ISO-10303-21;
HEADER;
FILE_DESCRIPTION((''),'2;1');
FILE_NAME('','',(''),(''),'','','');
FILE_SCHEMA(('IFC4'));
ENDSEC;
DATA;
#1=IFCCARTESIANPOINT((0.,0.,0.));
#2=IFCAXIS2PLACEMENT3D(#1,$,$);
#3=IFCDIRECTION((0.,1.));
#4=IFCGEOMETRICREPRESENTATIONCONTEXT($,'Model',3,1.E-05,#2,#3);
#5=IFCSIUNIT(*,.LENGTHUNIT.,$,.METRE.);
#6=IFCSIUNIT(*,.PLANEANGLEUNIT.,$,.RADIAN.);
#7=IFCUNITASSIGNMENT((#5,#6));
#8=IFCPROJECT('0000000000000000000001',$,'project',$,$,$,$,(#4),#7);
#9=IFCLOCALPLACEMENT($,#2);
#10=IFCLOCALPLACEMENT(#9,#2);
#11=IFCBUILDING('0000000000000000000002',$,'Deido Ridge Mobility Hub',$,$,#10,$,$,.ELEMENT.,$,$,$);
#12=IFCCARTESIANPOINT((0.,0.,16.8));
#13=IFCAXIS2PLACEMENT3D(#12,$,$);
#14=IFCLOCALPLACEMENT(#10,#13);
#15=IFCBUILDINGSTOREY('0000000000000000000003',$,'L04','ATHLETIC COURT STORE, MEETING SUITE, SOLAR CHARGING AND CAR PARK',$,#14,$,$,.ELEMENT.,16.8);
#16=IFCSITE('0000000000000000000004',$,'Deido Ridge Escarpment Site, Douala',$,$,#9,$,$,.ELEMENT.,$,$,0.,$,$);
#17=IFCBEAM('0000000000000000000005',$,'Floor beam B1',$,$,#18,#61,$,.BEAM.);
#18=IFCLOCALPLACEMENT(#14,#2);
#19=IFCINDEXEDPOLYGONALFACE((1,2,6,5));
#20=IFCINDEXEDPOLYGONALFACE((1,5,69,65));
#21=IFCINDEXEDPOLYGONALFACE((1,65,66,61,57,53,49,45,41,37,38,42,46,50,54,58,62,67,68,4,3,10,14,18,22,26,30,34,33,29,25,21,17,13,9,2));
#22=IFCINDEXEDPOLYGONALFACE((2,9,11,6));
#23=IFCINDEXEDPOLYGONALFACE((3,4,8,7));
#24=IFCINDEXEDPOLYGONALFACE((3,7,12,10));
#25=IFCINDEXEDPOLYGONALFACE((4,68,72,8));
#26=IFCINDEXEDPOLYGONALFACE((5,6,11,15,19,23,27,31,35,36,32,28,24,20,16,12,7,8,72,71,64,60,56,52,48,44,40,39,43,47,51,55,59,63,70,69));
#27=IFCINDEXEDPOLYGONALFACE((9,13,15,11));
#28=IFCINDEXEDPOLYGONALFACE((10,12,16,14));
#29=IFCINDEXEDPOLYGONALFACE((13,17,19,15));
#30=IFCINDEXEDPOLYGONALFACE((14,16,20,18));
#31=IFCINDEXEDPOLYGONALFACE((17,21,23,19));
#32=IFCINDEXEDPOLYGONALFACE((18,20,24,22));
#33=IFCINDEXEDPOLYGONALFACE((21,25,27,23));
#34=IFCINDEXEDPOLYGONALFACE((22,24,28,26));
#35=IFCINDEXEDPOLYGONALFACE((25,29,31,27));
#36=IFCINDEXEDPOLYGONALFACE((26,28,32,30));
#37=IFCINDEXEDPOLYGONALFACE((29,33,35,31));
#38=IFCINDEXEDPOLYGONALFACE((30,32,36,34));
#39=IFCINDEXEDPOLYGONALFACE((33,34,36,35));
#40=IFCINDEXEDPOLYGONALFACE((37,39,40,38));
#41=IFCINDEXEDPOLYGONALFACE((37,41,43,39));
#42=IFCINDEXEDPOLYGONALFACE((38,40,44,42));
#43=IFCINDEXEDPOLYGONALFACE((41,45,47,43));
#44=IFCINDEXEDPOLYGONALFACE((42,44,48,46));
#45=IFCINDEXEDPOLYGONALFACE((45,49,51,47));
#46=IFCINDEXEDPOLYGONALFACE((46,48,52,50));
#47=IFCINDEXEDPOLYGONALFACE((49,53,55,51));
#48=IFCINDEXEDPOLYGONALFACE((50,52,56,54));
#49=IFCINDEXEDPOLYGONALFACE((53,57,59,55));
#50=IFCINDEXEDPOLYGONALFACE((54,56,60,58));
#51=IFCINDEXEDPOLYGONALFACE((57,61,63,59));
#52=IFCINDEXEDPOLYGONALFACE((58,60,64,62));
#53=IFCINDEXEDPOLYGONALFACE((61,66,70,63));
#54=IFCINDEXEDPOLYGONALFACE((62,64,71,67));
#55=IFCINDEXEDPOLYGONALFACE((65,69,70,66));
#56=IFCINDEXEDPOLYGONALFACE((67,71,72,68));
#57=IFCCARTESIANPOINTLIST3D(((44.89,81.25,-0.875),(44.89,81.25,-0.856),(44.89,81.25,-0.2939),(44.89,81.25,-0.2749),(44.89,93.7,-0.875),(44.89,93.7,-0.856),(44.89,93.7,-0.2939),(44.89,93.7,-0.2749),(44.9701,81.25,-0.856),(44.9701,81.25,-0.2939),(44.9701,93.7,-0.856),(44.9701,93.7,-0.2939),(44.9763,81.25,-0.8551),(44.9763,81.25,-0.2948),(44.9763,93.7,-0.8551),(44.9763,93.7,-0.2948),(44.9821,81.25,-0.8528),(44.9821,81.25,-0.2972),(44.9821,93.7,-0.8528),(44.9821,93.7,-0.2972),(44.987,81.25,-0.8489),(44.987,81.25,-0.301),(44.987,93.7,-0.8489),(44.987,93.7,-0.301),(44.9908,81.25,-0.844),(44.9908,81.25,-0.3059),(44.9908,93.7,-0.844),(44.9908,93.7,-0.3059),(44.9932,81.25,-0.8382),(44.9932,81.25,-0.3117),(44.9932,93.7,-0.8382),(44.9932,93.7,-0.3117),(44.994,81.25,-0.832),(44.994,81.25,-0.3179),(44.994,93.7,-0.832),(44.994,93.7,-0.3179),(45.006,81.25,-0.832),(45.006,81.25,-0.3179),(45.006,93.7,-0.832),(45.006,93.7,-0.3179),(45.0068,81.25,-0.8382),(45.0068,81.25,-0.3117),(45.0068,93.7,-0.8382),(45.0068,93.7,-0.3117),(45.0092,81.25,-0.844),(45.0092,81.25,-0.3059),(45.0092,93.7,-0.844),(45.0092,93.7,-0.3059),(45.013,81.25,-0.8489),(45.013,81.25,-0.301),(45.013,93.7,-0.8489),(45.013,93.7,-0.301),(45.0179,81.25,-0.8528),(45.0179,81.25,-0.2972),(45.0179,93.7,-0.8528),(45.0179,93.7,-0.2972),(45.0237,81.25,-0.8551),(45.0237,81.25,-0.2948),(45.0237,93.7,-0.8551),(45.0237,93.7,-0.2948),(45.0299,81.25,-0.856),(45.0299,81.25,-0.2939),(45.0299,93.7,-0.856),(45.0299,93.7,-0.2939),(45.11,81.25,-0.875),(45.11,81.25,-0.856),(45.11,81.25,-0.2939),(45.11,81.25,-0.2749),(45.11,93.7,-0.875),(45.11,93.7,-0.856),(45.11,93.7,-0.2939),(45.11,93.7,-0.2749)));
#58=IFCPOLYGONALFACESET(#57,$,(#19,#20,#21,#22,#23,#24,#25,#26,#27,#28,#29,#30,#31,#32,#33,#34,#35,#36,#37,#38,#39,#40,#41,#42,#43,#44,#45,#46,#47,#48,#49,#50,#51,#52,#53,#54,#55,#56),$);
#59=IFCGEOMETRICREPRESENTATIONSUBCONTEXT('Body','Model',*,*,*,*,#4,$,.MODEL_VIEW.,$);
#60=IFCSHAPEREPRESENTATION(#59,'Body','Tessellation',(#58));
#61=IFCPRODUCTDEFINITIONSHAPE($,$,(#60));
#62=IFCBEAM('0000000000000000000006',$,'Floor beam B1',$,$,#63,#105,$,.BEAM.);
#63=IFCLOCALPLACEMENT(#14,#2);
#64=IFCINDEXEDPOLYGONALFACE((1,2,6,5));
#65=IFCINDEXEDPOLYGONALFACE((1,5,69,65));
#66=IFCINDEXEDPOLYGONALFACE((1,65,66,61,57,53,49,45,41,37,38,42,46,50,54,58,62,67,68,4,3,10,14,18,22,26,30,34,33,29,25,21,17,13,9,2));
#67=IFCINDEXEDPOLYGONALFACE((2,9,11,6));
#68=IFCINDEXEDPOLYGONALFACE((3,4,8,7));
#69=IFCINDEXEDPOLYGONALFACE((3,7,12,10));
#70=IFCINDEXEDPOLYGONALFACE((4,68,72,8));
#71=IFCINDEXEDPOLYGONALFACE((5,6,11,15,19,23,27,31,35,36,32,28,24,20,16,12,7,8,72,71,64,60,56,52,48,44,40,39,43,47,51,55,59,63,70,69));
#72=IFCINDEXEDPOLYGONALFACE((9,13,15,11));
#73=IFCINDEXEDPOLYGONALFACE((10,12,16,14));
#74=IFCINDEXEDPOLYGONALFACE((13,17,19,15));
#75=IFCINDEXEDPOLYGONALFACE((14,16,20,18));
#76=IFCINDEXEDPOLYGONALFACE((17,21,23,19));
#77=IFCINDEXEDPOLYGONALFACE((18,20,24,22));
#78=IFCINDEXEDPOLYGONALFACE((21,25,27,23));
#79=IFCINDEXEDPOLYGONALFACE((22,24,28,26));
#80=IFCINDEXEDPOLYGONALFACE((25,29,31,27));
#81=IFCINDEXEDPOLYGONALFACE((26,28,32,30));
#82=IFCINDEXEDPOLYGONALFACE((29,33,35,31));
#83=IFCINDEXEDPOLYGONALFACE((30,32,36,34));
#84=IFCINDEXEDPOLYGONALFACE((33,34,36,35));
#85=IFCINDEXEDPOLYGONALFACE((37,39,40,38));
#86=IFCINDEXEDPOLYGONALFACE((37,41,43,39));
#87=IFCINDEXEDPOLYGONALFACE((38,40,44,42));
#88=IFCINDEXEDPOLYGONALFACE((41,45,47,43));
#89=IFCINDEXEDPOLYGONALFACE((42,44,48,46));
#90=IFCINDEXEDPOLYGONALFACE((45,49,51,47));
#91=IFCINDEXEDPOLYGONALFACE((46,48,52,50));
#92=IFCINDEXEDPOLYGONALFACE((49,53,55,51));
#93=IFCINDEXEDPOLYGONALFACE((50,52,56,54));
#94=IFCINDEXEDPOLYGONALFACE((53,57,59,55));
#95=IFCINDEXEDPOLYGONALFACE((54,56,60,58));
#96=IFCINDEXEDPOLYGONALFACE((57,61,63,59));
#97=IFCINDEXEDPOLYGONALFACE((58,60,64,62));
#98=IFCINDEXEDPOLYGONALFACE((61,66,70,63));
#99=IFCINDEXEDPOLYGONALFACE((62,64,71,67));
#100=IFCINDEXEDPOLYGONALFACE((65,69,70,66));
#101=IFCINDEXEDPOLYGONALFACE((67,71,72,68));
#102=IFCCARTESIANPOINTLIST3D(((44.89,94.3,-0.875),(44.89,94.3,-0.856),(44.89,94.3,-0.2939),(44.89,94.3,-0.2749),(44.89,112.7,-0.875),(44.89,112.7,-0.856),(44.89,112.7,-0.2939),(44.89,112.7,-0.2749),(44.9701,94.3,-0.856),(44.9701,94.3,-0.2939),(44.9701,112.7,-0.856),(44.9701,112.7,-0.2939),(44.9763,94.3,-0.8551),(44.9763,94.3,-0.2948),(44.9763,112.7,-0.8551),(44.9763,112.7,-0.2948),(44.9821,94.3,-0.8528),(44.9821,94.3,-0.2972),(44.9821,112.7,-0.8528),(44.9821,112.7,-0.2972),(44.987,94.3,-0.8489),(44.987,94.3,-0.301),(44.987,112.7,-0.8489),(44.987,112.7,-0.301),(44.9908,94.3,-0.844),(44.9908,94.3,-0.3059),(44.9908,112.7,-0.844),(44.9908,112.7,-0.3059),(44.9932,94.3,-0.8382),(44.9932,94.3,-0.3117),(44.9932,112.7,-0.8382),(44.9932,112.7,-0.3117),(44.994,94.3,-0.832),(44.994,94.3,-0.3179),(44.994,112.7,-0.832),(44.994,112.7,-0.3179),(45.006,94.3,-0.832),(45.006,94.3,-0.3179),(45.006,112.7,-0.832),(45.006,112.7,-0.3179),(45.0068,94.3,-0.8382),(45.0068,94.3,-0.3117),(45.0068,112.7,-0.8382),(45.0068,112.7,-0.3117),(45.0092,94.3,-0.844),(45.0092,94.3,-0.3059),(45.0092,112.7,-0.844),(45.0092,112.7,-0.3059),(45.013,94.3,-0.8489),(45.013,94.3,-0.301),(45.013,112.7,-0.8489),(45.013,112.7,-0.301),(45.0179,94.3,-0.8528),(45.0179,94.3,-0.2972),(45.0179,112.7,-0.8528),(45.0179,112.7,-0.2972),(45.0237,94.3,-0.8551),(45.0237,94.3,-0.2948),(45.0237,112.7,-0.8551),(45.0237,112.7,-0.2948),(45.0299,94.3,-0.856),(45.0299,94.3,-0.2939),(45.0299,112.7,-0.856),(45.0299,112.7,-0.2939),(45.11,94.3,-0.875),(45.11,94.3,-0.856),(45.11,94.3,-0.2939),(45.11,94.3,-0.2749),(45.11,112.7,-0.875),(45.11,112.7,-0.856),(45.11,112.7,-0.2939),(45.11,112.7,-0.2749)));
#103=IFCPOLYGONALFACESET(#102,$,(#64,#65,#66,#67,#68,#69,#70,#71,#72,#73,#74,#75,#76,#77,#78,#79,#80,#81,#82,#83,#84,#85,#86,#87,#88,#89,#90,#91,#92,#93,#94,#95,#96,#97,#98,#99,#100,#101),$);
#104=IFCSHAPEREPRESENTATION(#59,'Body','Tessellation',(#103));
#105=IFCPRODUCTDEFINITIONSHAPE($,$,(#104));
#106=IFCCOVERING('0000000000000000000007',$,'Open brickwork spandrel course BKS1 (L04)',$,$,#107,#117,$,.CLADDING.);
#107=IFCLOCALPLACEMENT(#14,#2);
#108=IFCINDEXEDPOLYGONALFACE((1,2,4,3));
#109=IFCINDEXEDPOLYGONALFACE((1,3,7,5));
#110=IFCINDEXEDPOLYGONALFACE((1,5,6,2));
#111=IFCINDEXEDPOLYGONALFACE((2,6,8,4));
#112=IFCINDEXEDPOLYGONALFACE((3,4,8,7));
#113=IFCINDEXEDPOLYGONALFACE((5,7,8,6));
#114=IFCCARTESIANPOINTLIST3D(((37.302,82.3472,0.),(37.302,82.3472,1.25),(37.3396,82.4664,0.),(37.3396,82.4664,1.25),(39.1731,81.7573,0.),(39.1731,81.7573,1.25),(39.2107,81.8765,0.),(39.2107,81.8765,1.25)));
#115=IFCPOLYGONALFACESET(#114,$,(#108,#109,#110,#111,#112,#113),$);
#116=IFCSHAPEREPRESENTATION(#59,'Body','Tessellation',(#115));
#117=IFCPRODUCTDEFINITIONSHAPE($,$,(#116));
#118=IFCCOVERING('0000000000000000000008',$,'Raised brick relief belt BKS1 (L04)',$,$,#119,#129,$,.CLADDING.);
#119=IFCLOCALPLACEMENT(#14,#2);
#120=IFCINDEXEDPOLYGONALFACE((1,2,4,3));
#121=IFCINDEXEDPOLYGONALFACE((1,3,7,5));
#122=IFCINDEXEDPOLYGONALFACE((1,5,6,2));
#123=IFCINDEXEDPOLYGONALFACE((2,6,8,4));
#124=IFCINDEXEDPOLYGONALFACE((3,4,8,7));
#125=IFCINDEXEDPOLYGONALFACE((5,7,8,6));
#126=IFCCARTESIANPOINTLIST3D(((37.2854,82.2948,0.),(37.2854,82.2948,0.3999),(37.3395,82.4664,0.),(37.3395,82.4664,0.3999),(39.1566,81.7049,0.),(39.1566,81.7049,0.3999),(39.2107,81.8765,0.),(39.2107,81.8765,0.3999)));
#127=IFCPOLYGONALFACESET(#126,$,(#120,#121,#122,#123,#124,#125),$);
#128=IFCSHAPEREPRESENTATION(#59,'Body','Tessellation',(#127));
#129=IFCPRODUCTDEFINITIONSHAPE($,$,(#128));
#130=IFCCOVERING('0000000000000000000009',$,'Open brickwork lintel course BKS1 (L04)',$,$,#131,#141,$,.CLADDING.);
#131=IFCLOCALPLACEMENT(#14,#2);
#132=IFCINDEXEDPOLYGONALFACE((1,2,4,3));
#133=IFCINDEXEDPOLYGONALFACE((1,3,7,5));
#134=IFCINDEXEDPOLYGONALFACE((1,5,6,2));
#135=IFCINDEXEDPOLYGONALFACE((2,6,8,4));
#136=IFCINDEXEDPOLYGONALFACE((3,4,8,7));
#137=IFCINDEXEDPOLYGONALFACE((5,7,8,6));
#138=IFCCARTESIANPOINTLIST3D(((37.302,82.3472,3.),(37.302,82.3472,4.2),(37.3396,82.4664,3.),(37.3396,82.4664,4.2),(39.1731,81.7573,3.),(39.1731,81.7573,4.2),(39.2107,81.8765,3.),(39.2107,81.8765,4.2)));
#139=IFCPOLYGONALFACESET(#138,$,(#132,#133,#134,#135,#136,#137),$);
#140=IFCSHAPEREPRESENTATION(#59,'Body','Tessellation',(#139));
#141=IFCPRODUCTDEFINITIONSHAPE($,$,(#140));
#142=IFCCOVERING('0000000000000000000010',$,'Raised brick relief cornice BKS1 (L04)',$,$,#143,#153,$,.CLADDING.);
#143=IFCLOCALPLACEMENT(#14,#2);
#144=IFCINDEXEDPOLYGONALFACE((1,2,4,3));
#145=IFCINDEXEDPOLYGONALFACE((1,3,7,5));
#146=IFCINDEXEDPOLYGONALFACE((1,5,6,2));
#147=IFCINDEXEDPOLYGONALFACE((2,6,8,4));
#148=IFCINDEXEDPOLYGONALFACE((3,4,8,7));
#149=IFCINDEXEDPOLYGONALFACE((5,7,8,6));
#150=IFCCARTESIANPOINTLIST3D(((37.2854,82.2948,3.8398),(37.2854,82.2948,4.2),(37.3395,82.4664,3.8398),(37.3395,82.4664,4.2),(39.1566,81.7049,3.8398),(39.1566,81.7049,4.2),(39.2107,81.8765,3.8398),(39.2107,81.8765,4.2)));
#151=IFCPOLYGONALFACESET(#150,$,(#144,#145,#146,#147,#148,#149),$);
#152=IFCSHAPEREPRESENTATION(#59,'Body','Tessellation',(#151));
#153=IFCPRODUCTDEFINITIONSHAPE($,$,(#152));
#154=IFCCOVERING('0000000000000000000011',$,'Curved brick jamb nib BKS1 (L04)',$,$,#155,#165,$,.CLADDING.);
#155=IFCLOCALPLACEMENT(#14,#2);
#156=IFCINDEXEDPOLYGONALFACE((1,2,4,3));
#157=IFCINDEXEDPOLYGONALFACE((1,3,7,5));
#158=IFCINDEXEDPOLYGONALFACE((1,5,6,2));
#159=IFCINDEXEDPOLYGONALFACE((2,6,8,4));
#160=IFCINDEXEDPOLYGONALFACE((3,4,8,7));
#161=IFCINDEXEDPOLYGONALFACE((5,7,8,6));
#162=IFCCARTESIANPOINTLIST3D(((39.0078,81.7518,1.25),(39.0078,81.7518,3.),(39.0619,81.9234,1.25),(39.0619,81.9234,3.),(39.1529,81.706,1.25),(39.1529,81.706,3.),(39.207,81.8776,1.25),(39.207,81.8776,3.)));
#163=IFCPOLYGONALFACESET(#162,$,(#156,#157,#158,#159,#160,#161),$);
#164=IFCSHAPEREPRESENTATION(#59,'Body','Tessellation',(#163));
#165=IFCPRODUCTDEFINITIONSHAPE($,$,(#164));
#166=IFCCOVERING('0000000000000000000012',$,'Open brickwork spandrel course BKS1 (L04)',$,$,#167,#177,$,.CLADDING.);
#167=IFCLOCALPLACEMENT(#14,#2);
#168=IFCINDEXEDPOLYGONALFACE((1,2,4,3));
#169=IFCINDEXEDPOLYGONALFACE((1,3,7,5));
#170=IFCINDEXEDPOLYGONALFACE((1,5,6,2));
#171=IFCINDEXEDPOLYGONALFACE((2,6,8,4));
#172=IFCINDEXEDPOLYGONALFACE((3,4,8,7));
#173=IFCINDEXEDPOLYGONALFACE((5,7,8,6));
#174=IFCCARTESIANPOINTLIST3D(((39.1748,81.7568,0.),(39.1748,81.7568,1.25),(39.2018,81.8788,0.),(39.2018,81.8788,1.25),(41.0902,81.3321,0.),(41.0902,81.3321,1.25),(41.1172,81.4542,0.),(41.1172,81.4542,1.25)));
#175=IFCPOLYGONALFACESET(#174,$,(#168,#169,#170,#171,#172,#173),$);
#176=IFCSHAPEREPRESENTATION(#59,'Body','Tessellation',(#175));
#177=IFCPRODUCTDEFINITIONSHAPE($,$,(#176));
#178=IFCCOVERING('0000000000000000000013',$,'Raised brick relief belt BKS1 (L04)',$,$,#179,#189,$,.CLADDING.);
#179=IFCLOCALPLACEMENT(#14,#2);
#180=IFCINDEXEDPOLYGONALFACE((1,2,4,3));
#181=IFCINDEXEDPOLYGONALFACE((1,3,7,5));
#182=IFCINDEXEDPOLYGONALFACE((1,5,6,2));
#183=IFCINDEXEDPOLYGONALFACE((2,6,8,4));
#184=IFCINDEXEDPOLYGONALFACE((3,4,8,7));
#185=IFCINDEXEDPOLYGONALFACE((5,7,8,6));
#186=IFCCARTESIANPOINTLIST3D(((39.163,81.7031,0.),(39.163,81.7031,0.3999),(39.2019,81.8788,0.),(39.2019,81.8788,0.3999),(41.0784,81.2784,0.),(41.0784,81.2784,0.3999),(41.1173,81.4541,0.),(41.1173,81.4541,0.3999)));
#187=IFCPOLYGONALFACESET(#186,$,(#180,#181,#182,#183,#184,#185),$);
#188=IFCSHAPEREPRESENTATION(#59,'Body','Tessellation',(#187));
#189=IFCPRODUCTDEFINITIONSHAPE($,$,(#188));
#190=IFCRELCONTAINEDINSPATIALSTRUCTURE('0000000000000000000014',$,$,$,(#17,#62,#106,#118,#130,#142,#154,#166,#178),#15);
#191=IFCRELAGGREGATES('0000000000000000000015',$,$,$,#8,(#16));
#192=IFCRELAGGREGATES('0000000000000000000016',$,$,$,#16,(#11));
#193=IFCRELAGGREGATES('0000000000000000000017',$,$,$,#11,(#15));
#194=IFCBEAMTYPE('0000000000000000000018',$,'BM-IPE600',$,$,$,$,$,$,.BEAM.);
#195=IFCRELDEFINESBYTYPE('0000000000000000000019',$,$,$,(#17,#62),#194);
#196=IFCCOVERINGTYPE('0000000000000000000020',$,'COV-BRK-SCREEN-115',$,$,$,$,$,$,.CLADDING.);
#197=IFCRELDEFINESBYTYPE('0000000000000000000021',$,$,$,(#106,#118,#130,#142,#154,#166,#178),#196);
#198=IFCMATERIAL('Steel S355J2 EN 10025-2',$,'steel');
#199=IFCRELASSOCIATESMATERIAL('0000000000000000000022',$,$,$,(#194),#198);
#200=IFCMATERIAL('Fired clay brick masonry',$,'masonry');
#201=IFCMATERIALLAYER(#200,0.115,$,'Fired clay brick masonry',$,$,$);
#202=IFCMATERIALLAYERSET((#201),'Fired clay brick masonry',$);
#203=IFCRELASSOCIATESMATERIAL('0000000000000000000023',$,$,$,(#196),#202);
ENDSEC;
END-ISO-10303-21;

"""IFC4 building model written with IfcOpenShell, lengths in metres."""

from ifc_helpers import new_model, si_unit, direction, frame, origin, origin_2d, place, context, subcontext, project, spatial, rectangle, i_section, extrude, material, layer, layer_set, material_profile, profile_set, type_object, element, save


model = new_model("IFC4")

# Units and contexts
model_context = context("Model", 3, precision=1e-05, world=origin(), true_north=direction((0.0, 1.0)))
body_context = subcontext(model_context, "Body", "Model", "MODEL_VIEW")
ifc_project = project(units=[si_unit("LENGTHUNIT", "METRE"), si_unit("PLANEANGLEUNIT", "RADIAN")], contexts=[model_context])

# Site, building, storey
site_placement = place(None, origin())
site = spatial("IfcSite", under=ifc_project, at=site_placement, Name="Deido Ridge Escarpment Site, Douala", CompositionType="ELEMENT", RefElevation=0.0)
building_placement = place(site_placement, origin())
building = spatial("IfcBuilding", under=site, at=building_placement, Name="Deido Ridge Mobility Hub", CompositionType="ELEMENT")
storey_placement = place(building_placement, frame((0.0, 0.0, 16.8)))
storey = spatial("IfcBuildingStorey", under=building, at=storey_placement, Name="L04", Description="ATHLETIC COURT STORE, MEETING SUITE, SOLAR CHARGING AND CAR PARK", CompositionType="ELEMENT", Elevation=16.8)

# Shared definitions
ifc_material_1 = material(Name="Steel S355J2 EN 10025-2", Category="steel")

# Beams
ifc_material_profile_1 = material_profile(ifc_material_1, i_section(OverallWidth=0.22, OverallDepth=0.6001, WebThickness=0.012, FlangeThickness=0.019, FilletRadius=0.0239, at=origin_2d()), Name="IPE 600")
ifc_profile_set_1 = profile_set([ifc_material_profile_1], Name="Steel S355J2 EN 10025-2")
beam_type_1 = type_object("IfcBeamType", Name="BM-IPE600", PredefinedType="BEAM", material=ifc_profile_set_1)
beam_1_placement = place(storey_placement, frame((45.0, 81.25, -0.575), z_axis=(0.0, 1.0, 0.0), x_axis=(-1.0, 0.0, 0.0)))
element("IfcBeam", 1, at=beam_1_placement, inside=storey, type_object=beam_type_1, Name="Floor beam B1", PredefinedType="BEAM", context=body_context, shape_type="SweptSolid", body=[
    extrude(i_section(OverallWidth=0.22, OverallDepth=0.6001, WebThickness=0.012, FlangeThickness=0.019, FilletRadius=0.0239, at=origin_2d()), origin(), (0.0, 0.0, 1.0), 12.45),
])
beam_2_placement = place(storey_placement, frame((45.0, 94.3, -0.575), z_axis=(0.0, 1.0, 0.0), x_axis=(-1.0, 0.0, 0.0)))
element("IfcBeam", 2, at=beam_2_placement, inside=storey, type_object=beam_type_1, Name="Floor beam B1", PredefinedType="BEAM", context=body_context, shape_type="SweptSolid", body=[
    extrude(i_section(OverallWidth=0.22, OverallDepth=0.6001, WebThickness=0.012, FlangeThickness=0.019, FilletRadius=0.0239, at=origin_2d()), origin(), (0.0, 0.0, 1.0), 18.3999),
])

# Coverings
ifc_material_2 = material(Name="Fired clay brick masonry", Category="masonry")
ifc_layer = layer(ifc_material_2, 0.115, Name="Fired clay brick masonry")
ifc_layer_set = layer_set([ifc_layer], Name="Fired clay brick masonry")
covering_type = type_object("IfcCoveringType", Name="COV-BRK-SCREEN-115", PredefinedType="CLADDING", material=ifc_layer_set)
covering_1_placement = place(storey_placement, frame((38.2563, 82.1118, 0.0), z_axis=(0.0, 0.0, 1.0), x_axis=(0.953727, -0.300673, 0.0)))
element("IfcCovering", 3, at=covering_1_placement, inside=storey, type_object=covering_type, Name="Open brickwork spandrel course BKS1 (L04)", PredefinedType="CLADDING", context=body_context, shape_type="SweptSolid", body=[
    extrude(rectangle(XDim=1.9619, YDim=0.125, at=origin_2d()), origin(), (0.0, 0.0, 1.0), 1.25),
])
covering_2_placement = place(storey_placement, frame((38.248, 82.0857, 0.0), z_axis=(0.0, 0.0, 1.0), x_axis=(0.953727, -0.300673, 0.0)))
element("IfcCovering", 4, at=covering_2_placement, inside=storey, type_object=covering_type, Name="Raised brick relief belt BKS1 (L04)", PredefinedType="CLADDING", context=body_context, shape_type="SweptSolid", body=[
    extrude(rectangle(XDim=1.9619, YDim=0.1799, at=origin_2d()), origin(), (0.0, 0.0, 1.0), 0.3999),
])
covering_3_placement = place(storey_placement, frame((38.2563, 82.1118, 3.0), z_axis=(0.0, 0.0, 1.0), x_axis=(0.953727, -0.300673, 0.0)))
element("IfcCovering", 5, at=covering_3_placement, inside=storey, type_object=covering_type, Name="Open brickwork lintel course BKS1 (L04)", PredefinedType="CLADDING", context=body_context, shape_type="SweptSolid", body=[
    extrude(rectangle(XDim=1.9619, YDim=0.125, at=origin_2d()), origin(), (0.0, 0.0, 1.0), 1.2),
])
covering_4_placement = place(storey_placement, frame((38.248, 82.0857, 3.8398), z_axis=(0.0, 0.0, 1.0), x_axis=(0.953727, -0.300673, 0.0)))
element("IfcCovering", 6, at=covering_4_placement, inside=storey, type_object=covering_type, Name="Raised brick relief cornice BKS1 (L04)", PredefinedType="CLADDING", context=body_context, shape_type="SweptSolid", body=[
    extrude(rectangle(XDim=1.9619, YDim=0.1799, at=origin_2d()), origin(), (0.0, 0.0, 1.0), 0.3601),
])
covering_5_placement = place(storey_placement, frame((39.1074, 81.8147, 1.25), z_axis=(0.0, 0.0, 1.0), x_axis=(0.953727, -0.300673, 0.0)))
element("IfcCovering", 7, at=covering_5_placement, inside=storey, type_object=covering_type, Name="Curved brick jamb nib BKS1 (L04)", PredefinedType="CLADDING", context=body_context, shape_type="SweptSolid", body=[
    extrude(rectangle(XDim=0.1521, YDim=0.1799, at=origin_2d()), origin(), (0.0, 0.0, 1.0), 1.75),
])
covering_6_placement = place(storey_placement, frame((40.146, 81.6055, 0.0), z_axis=(0.0, 0.0, 1.0), x_axis=(0.976292, -0.216457, 0.0)))
element("IfcCovering", 8, at=covering_6_placement, inside=storey, type_object=covering_type, Name="Open brickwork spandrel course BKS1 (L04)", PredefinedType="CLADDING", context=body_context, shape_type="SweptSolid", body=[
    extrude(rectangle(XDim=1.9619, YDim=0.125, at=origin_2d()), origin(), (0.0, 0.0, 1.0), 1.25),
])
covering_7_placement = place(storey_placement, frame((40.1401, 81.5786, 0.0), z_axis=(0.0, 0.0, 1.0), x_axis=(0.976292, -0.216457, 0.0)))
element("IfcCovering", 9, at=covering_7_placement, inside=storey, type_object=covering_type, Name="Raised brick relief belt BKS1 (L04)", PredefinedType="CLADDING", context=body_context, shape_type="SweptSolid", body=[
    extrude(rectangle(XDim=1.9619, YDim=0.1799, at=origin_2d()), origin(), (0.0, 0.0, 1.0), 0.3999),
])

save(model, "model.ifc")
